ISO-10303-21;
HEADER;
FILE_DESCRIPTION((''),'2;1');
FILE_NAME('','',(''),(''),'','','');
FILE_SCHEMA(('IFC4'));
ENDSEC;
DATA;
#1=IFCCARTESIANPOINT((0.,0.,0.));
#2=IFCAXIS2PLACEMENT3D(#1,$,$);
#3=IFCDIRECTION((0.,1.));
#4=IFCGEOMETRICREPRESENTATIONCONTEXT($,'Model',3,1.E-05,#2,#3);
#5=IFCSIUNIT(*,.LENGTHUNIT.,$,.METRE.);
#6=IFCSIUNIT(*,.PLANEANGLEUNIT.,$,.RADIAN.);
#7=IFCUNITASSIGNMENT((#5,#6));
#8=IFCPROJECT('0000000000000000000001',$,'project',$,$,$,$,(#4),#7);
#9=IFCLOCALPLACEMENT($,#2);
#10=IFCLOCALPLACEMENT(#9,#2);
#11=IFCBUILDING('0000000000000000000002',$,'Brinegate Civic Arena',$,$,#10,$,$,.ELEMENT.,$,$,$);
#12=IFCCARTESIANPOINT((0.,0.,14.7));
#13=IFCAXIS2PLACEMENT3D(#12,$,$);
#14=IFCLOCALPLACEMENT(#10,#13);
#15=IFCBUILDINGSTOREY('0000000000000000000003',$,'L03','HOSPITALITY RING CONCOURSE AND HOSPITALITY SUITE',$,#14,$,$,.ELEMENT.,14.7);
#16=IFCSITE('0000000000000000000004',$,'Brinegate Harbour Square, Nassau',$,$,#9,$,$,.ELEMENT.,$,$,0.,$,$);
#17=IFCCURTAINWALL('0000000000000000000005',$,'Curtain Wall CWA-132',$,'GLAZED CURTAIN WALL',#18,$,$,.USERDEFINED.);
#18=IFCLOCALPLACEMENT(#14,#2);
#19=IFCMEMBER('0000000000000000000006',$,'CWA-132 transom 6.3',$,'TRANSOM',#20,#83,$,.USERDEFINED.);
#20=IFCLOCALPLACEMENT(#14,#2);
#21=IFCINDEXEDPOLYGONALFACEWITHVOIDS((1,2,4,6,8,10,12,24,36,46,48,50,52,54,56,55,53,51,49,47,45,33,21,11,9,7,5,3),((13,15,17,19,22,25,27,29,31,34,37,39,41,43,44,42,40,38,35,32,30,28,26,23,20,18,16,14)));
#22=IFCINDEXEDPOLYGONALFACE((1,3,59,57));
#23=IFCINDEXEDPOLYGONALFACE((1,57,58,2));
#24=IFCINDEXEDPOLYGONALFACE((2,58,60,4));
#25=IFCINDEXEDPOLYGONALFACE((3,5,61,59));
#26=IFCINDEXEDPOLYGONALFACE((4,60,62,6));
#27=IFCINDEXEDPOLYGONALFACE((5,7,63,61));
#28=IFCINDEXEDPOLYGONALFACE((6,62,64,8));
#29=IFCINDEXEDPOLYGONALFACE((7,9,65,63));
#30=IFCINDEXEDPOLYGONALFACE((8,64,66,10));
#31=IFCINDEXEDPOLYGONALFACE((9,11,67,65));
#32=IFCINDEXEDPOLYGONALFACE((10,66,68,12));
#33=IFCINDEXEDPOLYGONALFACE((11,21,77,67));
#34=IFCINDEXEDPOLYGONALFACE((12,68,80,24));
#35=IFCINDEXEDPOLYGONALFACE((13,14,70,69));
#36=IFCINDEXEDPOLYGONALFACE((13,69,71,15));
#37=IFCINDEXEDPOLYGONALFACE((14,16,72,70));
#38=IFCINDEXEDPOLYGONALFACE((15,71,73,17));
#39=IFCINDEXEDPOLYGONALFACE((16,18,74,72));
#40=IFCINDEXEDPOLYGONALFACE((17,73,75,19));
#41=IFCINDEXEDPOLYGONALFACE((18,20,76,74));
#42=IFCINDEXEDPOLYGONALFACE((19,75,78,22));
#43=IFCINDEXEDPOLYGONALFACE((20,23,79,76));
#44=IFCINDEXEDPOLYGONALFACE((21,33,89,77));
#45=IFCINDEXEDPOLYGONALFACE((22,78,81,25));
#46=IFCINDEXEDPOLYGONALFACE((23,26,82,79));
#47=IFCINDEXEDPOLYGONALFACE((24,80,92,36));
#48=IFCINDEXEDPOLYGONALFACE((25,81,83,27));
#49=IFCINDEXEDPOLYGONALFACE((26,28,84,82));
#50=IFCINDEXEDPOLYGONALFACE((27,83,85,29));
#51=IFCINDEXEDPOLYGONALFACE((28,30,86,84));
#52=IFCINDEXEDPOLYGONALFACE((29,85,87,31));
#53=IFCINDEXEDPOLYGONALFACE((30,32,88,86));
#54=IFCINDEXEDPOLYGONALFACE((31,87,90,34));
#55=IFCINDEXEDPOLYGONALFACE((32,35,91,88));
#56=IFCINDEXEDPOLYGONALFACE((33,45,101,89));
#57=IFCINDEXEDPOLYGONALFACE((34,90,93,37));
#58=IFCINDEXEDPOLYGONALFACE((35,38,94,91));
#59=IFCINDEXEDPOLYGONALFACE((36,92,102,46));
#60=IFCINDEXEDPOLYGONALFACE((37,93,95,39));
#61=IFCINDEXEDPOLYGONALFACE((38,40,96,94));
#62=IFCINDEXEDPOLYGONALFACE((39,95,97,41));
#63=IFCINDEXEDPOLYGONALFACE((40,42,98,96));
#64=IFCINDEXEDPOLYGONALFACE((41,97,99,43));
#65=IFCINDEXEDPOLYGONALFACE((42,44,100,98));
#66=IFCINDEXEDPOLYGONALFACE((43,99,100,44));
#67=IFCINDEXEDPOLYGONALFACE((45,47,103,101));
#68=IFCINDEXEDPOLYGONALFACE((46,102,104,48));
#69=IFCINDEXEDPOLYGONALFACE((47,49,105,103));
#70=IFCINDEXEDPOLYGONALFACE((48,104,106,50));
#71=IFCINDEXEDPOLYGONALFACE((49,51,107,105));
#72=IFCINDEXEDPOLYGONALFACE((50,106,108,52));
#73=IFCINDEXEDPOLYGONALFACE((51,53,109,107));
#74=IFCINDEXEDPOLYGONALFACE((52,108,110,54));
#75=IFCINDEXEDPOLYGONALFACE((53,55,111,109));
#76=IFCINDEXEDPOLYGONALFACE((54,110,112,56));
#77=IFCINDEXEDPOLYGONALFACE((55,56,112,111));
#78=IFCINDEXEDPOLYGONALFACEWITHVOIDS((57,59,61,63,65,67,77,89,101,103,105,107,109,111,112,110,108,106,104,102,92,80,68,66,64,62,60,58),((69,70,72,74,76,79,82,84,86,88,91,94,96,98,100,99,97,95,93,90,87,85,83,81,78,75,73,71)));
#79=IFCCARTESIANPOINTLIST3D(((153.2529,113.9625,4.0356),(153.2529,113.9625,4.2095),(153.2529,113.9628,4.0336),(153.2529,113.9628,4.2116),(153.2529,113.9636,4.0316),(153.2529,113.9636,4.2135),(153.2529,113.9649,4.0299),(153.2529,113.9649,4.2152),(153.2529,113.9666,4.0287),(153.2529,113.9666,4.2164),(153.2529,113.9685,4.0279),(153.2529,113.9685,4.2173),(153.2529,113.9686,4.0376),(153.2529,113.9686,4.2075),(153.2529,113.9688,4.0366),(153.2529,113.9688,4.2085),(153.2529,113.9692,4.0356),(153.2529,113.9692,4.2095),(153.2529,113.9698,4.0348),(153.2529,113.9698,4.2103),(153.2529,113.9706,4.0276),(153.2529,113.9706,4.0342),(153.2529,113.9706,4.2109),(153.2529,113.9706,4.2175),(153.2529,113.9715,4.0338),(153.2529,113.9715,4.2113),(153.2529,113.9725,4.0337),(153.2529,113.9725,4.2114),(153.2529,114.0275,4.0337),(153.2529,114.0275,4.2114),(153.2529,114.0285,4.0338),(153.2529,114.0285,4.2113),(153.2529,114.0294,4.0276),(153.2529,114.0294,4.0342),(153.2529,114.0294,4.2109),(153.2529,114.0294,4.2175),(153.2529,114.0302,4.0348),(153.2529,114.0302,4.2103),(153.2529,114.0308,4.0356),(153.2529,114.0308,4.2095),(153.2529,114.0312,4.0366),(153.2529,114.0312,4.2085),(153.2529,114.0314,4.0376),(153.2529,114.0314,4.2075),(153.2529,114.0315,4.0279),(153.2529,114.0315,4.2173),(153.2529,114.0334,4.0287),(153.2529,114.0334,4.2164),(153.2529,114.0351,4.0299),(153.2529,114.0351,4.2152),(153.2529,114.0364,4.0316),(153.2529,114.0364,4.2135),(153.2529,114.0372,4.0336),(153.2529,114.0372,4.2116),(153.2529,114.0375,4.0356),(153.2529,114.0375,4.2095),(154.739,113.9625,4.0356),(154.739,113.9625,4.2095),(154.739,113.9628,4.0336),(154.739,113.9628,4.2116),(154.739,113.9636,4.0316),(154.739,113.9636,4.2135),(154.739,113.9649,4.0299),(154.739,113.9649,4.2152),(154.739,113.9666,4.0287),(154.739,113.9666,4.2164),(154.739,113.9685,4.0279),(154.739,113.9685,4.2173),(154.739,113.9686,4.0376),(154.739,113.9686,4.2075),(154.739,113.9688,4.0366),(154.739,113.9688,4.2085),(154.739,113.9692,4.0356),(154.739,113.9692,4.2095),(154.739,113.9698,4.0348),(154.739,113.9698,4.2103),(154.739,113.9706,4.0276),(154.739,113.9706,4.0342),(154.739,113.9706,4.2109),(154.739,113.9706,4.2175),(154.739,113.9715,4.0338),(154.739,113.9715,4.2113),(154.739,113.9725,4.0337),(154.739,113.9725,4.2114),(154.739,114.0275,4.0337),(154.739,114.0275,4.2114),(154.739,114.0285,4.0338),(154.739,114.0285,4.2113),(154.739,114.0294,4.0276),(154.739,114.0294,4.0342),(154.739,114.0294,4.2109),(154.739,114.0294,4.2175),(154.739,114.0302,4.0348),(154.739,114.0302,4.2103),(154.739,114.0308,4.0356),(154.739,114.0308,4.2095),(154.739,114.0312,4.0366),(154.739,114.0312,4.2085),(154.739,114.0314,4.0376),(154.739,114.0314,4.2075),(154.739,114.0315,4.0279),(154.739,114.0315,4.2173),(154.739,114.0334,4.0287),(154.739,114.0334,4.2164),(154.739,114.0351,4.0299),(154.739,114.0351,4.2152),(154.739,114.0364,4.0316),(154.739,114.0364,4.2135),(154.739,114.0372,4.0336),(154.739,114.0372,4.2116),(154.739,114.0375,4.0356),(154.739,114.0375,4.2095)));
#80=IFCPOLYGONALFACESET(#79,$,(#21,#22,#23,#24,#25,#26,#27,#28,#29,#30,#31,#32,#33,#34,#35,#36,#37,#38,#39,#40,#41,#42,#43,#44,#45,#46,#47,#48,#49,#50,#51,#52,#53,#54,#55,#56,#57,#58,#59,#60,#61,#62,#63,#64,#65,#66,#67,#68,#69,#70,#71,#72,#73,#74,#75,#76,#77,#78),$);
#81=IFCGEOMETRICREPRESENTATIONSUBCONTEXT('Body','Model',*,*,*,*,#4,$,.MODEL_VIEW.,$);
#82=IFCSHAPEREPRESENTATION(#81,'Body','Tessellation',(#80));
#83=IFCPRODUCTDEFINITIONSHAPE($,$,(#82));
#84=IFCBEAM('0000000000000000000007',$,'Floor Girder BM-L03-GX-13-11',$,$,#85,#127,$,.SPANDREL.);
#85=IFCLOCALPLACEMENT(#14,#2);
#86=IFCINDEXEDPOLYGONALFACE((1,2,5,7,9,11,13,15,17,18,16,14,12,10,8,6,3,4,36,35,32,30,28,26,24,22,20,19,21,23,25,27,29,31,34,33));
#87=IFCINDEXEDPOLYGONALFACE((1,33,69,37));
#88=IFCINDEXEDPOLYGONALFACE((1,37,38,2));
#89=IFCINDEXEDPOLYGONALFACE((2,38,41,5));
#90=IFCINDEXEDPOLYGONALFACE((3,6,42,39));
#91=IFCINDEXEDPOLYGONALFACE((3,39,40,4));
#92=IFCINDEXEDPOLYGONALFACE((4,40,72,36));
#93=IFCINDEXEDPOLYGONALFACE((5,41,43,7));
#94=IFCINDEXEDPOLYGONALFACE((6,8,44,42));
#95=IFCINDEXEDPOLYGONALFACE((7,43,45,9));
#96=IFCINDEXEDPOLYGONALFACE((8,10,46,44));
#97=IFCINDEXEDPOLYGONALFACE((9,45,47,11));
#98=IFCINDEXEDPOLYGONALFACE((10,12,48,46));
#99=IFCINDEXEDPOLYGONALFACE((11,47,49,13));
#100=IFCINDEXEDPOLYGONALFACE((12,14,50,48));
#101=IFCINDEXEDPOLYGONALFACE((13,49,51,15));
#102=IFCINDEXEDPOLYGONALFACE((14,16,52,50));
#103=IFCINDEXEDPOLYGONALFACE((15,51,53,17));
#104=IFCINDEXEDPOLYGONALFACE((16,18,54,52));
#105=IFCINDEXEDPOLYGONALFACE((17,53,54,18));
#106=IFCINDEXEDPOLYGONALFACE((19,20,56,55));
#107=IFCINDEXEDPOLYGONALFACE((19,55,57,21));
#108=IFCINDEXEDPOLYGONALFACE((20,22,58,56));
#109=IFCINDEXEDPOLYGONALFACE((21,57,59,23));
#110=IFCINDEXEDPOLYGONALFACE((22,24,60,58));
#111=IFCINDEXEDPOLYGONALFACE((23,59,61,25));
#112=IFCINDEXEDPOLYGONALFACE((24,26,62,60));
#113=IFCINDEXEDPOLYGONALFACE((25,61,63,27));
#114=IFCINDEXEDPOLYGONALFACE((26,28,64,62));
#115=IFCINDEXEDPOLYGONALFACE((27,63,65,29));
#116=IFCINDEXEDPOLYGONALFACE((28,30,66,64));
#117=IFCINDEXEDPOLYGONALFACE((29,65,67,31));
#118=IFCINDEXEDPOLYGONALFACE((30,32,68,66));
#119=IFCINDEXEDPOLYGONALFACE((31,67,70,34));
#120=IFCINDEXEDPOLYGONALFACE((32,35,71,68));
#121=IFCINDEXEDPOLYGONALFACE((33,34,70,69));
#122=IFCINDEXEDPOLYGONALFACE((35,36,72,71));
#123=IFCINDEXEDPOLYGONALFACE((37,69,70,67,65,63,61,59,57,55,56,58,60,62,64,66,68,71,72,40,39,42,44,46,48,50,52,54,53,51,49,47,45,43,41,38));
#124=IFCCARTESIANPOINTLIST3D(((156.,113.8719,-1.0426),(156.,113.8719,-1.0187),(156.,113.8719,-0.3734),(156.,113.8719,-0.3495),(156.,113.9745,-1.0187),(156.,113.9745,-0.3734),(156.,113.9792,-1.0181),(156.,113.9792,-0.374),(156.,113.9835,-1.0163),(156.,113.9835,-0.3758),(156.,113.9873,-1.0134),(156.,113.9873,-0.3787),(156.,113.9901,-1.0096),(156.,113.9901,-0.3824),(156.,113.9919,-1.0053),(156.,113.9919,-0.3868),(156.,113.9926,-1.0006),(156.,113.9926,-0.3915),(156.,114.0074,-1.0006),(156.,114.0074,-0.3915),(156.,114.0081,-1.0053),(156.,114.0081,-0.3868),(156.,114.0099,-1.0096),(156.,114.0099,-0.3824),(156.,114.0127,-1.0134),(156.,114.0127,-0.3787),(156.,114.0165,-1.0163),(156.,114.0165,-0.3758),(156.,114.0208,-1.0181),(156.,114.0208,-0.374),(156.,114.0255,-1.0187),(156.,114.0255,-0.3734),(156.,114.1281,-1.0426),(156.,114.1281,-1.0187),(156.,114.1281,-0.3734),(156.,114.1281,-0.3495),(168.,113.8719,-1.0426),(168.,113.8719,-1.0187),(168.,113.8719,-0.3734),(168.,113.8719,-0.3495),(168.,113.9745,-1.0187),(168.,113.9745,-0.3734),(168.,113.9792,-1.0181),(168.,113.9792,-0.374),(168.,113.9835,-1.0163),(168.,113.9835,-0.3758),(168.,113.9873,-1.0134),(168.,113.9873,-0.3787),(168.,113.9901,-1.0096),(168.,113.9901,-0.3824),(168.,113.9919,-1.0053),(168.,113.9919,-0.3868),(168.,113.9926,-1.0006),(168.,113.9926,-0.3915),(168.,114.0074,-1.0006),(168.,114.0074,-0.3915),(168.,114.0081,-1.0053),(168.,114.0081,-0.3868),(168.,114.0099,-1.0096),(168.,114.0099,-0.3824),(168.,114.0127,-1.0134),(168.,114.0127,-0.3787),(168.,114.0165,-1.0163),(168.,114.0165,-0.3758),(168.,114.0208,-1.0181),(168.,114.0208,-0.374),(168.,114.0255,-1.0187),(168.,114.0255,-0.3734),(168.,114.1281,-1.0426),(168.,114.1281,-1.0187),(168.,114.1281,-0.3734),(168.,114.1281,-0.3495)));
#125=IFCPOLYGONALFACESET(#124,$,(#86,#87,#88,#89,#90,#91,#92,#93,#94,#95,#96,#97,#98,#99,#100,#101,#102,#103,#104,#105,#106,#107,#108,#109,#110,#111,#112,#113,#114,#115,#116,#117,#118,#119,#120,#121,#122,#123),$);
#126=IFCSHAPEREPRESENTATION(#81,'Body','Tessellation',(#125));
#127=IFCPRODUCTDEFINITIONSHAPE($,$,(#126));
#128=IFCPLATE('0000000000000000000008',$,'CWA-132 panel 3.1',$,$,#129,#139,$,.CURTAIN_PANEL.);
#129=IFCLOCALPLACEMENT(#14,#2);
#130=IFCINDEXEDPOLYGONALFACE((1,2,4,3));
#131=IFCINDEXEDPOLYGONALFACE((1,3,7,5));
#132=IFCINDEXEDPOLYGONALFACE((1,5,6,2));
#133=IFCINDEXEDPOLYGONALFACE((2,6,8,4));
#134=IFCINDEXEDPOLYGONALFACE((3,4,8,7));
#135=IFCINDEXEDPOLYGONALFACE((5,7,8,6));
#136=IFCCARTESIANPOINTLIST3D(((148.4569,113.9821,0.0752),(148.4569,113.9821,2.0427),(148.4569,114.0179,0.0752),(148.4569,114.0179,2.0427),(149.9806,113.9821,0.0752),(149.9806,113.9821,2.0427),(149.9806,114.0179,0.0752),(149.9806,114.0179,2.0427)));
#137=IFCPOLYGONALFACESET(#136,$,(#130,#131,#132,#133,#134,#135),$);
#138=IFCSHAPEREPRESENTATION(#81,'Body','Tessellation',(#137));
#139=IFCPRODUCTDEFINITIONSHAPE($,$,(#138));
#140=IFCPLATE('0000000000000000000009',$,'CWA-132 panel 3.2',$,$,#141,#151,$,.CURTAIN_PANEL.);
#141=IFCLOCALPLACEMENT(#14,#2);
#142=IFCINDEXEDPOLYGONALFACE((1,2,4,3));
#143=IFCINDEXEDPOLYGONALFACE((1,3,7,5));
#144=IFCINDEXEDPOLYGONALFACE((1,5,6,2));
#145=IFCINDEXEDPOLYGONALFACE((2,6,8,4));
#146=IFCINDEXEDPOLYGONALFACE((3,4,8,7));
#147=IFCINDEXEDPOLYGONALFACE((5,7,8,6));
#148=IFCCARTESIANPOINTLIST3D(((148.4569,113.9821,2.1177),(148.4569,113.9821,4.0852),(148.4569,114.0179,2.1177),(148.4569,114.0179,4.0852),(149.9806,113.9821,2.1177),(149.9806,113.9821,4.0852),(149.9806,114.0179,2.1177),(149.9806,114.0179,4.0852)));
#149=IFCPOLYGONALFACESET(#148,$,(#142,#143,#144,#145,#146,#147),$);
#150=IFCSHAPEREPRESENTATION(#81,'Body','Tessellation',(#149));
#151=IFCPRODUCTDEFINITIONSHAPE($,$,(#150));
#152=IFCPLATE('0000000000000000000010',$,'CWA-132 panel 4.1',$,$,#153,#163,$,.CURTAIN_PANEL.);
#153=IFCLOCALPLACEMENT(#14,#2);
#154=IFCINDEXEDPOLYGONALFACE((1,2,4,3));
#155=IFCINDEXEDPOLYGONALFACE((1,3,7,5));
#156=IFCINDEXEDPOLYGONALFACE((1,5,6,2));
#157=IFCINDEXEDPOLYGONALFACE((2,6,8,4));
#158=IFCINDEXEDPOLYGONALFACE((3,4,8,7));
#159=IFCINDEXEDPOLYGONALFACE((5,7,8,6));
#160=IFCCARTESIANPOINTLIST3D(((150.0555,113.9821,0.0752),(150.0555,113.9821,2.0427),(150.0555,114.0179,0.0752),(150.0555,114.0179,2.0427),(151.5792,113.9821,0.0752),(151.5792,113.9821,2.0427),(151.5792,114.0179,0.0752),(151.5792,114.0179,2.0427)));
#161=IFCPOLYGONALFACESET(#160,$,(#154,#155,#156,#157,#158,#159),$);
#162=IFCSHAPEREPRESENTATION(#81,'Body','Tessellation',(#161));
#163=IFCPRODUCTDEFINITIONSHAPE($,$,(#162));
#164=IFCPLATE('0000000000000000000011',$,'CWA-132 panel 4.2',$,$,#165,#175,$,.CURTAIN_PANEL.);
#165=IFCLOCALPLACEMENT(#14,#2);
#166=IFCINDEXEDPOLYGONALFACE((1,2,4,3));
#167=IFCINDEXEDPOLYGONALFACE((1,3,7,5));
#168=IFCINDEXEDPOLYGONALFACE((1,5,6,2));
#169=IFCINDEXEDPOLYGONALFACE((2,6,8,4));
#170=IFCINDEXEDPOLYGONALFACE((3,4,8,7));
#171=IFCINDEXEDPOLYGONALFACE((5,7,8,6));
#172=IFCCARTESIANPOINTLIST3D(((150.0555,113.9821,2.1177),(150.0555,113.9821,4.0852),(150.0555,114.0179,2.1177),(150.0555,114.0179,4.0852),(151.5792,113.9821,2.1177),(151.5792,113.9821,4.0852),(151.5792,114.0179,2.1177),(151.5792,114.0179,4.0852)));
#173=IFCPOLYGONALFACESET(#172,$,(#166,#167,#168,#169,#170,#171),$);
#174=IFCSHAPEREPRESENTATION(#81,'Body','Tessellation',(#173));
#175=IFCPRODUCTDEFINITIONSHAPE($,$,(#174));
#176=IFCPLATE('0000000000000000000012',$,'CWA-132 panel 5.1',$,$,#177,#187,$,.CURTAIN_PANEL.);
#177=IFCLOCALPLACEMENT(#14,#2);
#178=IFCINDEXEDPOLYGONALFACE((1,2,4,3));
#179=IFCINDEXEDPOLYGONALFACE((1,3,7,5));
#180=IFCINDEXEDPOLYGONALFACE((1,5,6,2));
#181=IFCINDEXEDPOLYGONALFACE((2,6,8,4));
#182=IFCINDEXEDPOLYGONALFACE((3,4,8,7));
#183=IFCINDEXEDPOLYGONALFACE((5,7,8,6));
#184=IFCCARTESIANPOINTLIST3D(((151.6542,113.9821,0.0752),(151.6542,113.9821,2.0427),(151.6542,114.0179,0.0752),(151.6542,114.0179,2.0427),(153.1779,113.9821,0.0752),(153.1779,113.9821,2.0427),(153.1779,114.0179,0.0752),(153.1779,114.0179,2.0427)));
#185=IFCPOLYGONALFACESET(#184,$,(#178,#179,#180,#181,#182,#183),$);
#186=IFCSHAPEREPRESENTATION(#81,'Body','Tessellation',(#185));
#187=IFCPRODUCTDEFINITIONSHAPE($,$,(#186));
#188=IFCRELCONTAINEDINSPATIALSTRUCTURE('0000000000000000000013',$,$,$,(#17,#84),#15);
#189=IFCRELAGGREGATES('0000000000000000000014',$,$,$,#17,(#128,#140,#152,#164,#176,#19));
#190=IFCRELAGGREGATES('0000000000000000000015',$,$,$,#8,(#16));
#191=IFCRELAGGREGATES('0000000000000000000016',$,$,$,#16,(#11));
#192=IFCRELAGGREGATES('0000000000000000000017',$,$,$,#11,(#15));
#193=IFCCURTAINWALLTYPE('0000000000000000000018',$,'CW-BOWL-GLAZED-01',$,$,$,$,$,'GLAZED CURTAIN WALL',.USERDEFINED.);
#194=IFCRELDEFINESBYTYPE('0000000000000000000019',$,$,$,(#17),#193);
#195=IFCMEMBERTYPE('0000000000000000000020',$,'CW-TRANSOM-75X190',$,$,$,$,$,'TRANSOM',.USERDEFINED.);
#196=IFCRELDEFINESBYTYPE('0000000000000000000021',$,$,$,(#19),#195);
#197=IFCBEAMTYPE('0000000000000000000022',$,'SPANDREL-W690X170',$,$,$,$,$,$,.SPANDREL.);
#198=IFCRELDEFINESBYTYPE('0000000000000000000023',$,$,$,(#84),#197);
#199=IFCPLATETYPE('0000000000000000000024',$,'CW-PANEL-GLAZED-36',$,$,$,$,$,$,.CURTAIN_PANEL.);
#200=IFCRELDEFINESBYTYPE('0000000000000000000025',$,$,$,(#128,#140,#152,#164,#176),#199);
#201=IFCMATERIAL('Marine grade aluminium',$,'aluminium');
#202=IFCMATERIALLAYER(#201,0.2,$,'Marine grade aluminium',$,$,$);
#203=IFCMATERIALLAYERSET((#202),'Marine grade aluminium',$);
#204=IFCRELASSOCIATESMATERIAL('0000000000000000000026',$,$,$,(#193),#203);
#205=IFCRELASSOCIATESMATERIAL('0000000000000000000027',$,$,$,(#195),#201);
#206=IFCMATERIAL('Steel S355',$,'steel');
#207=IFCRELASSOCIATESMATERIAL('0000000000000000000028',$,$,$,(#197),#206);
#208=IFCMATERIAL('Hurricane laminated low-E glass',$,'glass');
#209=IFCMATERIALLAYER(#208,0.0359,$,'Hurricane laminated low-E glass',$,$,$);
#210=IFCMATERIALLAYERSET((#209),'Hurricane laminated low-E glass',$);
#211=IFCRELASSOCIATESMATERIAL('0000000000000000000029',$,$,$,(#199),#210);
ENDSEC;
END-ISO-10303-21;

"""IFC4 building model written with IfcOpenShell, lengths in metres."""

from ifc_helpers import new_model, si_unit, direction, frame, origin, origin_2d, place, context, subcontext, project, spatial, rectangle, hollow_rectangle, i_section, extrude, material, layer, layer_set, material_profile, profile_set, type_object, element, aggregate, save


model = new_model("IFC4")

# Units and contexts
model_context = context("Model", 3, precision=1e-05, world=origin(), true_north=direction((0.0, 1.0)))
body_context = subcontext(model_context, "Body", "Model", "MODEL_VIEW")
ifc_project = project(units=[si_unit("LENGTHUNIT", "METRE"), si_unit("PLANEANGLEUNIT", "RADIAN")], contexts=[model_context])

# Site, building, storey
site_placement = place(None, origin())
site = spatial("IfcSite", under=ifc_project, at=site_placement, Name="Brinegate Harbour Square, Nassau", CompositionType="ELEMENT", RefElevation=0.0)
building_placement = place(site_placement, origin())
building = spatial("IfcBuilding", under=site, at=building_placement, Name="Brinegate Civic Arena", CompositionType="ELEMENT")
storey_placement = place(building_placement, frame((0.0, 0.0, 14.7)))
storey = spatial("IfcBuildingStorey", under=building, at=storey_placement, Name="L03", Description="HOSPITALITY RING CONCOURSE AND HOSPITALITY SUITE", CompositionType="ELEMENT", Elevation=14.7)

# Curtain wall, member
ifc_material_1 = material(Name="Marine grade aluminium", Category="aluminium")
ifc_layer_1 = layer(ifc_material_1, 0.2, Name="Marine grade aluminium")
ifc_layer_set_1 = layer_set([ifc_layer_1], Name="Marine grade aluminium")
curtain_wall_type = type_object("IfcCurtainWallType", Name="CW-BOWL-GLAZED-01", ElementType="GLAZED CURTAIN WALL", PredefinedType="USERDEFINED", material=ifc_layer_set_1)
curtain_wall_placement = place(storey_placement, origin())
curtain_wall = element("IfcCurtainWall", 1, at=curtain_wall_placement, inside=storey, type_object=curtain_wall_type, Name="Curtain Wall CWA-132", ObjectType="GLAZED CURTAIN WALL", PredefinedType="USERDEFINED")
ifc_material_profile_1 = material_profile(ifc_material_1, hollow_rectangle(XDim=0.075, YDim=0.1899, WallThickness=0.0061, InnerFilletRadius=0.0039, OuterFilletRadius=0.0081, at=origin_2d()), Name="TRN75X190")
ifc_profile_set_1 = profile_set([ifc_material_profile_1], Name="Marine grade aluminium")
member_type_1 = type_object("IfcMemberType", Name="CW-TRANSOM-75X190", ElementType="TRANSOM", PredefinedType="USERDEFINED", material=ifc_profile_set_1)
member_1_placement = place(storey_placement, frame((153.2529, 114.0, 4.1226), z_axis=(1.0, 0.0, 0.0), x_axis=(0.0, 1.0, 0.0)))
member_1 = element("IfcMember", 2, at=member_1_placement, type_object=member_type_1, Name="CWA-132 transom 6.3", ObjectType="TRANSOM", PredefinedType="USERDEFINED", context=body_context, shape_type="SweptSolid", body=[
    extrude(hollow_rectangle(XDim=0.075, YDim=0.1899, WallThickness=0.0061, InnerFilletRadius=0.0039, OuterFilletRadius=0.0081, at=origin_2d()), origin(), (0.0, 0.0, 1.0), 1.4861),
])

# Beam
ifc_material_2 = material(Name="Steel S355", Category="steel")
ifc_material_profile_2 = material_profile(ifc_material_2, i_section(OverallWidth=0.2561, OverallDepth=0.6931, WebThickness=0.0149, FlangeThickness=0.0239, FilletRadius=0.0181, at=origin_2d()), Name="W690X170")
ifc_profile_set_2 = profile_set([ifc_material_profile_2], Name="Steel S355")
beam_type = type_object("IfcBeamType", Name="SPANDREL-W690X170", PredefinedType="SPANDREL", material=ifc_profile_set_2)
beam_placement = place(storey_placement, frame((156.0, 114.0, -0.696), z_axis=(1.0, 0.0, 0.0), x_axis=(0.0, 1.0, 0.0)))
element("IfcBeam", 3, at=beam_placement, inside=storey, type_object=beam_type, Name="Floor Girder BM-L03-GX-13-11", PredefinedType="SPANDREL", context=body_context, shape_type="SweptSolid", body=[
    extrude(i_section(OverallWidth=0.2561, OverallDepth=0.6931, WebThickness=0.0149, FlangeThickness=0.0239, FilletRadius=0.0181, at=origin_2d()), origin(), (0.0, 0.0, 1.0), 12.0),
])

# Plates
ifc_material_3 = material(Name="Hurricane laminated low-E glass", Category="glass")
ifc_layer_2 = layer(ifc_material_3, 0.0359, Name="Hurricane laminated low-E glass")
ifc_layer_set_2 = layer_set([ifc_layer_2], Name="Hurricane laminated low-E glass")
plate_type = type_object("IfcPlateType", Name="CW-PANEL-GLAZED-36", PredefinedType="CURTAIN_PANEL", material=ifc_layer_set_2)
plate_1_placement = place(storey_placement, frame((149.2188, 114.0, 0.0752), z_axis=(0.0, 0.0, 1.0), x_axis=(1.0, 0.0, 0.0)))
plate_1 = element("IfcPlate", 4, at=plate_1_placement, type_object=plate_type, Name="CWA-132 panel 3.1", PredefinedType="CURTAIN_PANEL", context=body_context, shape_type="SweptSolid", body=[
    extrude(rectangle(XDim=1.5237, YDim=0.0359, at=origin_2d()), origin(), (0.0, 0.0, 1.0), 1.9675),
])
plate_2_placement = place(storey_placement, frame((149.2188, 114.0, 2.1177), z_axis=(0.0, 0.0, 1.0), x_axis=(1.0, 0.0, 0.0)))
plate_2 = element("IfcPlate", 5, at=plate_2_placement, type_object=plate_type, Name="CWA-132 panel 3.2", PredefinedType="CURTAIN_PANEL", context=body_context, shape_type="SweptSolid", body=[
    extrude(rectangle(XDim=1.5237, YDim=0.0359, at=origin_2d()), origin(), (0.0, 0.0, 1.0), 1.9675),
])
plate_3_placement = place(storey_placement, frame((150.8174, 114.0, 0.0752), z_axis=(0.0, 0.0, 1.0), x_axis=(1.0, 0.0, 0.0)))
plate_3 = element("IfcPlate", 6, at=plate_3_placement, type_object=plate_type, Name="CWA-132 panel 4.1", PredefinedType="CURTAIN_PANEL", context=body_context, shape_type="SweptSolid", body=[
    extrude(rectangle(XDim=1.5237, YDim=0.0359, at=origin_2d()), origin(), (0.0, 0.0, 1.0), 1.9675),
])
plate_4_placement = place(storey_placement, frame((150.8174, 114.0, 2.1177), z_axis=(0.0, 0.0, 1.0), x_axis=(1.0, 0.0, 0.0)))
plate_4 = element("IfcPlate", 7, at=plate_4_placement, type_object=plate_type, Name="CWA-132 panel 4.2", PredefinedType="CURTAIN_PANEL", context=body_context, shape_type="SweptSolid", body=[
    extrude(rectangle(XDim=1.5237, YDim=0.0359, at=origin_2d()), origin(), (0.0, 0.0, 1.0), 1.9675),
])
plate_5_placement = place(storey_placement, frame((152.416, 114.0, 0.0752), z_axis=(0.0, 0.0, 1.0), x_axis=(1.0, 0.0, 0.0)))
plate_5 = element("IfcPlate", 8, at=plate_5_placement, type_object=plate_type, Name="CWA-132 panel 5.1", PredefinedType="CURTAIN_PANEL", context=body_context, shape_type="SweptSolid", body=[
    extrude(rectangle(XDim=1.5237, YDim=0.0359, at=origin_2d()), origin(), (0.0, 0.0, 1.0), 1.9675),
])
aggregate(curtain_wall, [plate_1, plate_2, plate_3, plate_4, plate_5, member_1])

save(model, "model.ifc")
